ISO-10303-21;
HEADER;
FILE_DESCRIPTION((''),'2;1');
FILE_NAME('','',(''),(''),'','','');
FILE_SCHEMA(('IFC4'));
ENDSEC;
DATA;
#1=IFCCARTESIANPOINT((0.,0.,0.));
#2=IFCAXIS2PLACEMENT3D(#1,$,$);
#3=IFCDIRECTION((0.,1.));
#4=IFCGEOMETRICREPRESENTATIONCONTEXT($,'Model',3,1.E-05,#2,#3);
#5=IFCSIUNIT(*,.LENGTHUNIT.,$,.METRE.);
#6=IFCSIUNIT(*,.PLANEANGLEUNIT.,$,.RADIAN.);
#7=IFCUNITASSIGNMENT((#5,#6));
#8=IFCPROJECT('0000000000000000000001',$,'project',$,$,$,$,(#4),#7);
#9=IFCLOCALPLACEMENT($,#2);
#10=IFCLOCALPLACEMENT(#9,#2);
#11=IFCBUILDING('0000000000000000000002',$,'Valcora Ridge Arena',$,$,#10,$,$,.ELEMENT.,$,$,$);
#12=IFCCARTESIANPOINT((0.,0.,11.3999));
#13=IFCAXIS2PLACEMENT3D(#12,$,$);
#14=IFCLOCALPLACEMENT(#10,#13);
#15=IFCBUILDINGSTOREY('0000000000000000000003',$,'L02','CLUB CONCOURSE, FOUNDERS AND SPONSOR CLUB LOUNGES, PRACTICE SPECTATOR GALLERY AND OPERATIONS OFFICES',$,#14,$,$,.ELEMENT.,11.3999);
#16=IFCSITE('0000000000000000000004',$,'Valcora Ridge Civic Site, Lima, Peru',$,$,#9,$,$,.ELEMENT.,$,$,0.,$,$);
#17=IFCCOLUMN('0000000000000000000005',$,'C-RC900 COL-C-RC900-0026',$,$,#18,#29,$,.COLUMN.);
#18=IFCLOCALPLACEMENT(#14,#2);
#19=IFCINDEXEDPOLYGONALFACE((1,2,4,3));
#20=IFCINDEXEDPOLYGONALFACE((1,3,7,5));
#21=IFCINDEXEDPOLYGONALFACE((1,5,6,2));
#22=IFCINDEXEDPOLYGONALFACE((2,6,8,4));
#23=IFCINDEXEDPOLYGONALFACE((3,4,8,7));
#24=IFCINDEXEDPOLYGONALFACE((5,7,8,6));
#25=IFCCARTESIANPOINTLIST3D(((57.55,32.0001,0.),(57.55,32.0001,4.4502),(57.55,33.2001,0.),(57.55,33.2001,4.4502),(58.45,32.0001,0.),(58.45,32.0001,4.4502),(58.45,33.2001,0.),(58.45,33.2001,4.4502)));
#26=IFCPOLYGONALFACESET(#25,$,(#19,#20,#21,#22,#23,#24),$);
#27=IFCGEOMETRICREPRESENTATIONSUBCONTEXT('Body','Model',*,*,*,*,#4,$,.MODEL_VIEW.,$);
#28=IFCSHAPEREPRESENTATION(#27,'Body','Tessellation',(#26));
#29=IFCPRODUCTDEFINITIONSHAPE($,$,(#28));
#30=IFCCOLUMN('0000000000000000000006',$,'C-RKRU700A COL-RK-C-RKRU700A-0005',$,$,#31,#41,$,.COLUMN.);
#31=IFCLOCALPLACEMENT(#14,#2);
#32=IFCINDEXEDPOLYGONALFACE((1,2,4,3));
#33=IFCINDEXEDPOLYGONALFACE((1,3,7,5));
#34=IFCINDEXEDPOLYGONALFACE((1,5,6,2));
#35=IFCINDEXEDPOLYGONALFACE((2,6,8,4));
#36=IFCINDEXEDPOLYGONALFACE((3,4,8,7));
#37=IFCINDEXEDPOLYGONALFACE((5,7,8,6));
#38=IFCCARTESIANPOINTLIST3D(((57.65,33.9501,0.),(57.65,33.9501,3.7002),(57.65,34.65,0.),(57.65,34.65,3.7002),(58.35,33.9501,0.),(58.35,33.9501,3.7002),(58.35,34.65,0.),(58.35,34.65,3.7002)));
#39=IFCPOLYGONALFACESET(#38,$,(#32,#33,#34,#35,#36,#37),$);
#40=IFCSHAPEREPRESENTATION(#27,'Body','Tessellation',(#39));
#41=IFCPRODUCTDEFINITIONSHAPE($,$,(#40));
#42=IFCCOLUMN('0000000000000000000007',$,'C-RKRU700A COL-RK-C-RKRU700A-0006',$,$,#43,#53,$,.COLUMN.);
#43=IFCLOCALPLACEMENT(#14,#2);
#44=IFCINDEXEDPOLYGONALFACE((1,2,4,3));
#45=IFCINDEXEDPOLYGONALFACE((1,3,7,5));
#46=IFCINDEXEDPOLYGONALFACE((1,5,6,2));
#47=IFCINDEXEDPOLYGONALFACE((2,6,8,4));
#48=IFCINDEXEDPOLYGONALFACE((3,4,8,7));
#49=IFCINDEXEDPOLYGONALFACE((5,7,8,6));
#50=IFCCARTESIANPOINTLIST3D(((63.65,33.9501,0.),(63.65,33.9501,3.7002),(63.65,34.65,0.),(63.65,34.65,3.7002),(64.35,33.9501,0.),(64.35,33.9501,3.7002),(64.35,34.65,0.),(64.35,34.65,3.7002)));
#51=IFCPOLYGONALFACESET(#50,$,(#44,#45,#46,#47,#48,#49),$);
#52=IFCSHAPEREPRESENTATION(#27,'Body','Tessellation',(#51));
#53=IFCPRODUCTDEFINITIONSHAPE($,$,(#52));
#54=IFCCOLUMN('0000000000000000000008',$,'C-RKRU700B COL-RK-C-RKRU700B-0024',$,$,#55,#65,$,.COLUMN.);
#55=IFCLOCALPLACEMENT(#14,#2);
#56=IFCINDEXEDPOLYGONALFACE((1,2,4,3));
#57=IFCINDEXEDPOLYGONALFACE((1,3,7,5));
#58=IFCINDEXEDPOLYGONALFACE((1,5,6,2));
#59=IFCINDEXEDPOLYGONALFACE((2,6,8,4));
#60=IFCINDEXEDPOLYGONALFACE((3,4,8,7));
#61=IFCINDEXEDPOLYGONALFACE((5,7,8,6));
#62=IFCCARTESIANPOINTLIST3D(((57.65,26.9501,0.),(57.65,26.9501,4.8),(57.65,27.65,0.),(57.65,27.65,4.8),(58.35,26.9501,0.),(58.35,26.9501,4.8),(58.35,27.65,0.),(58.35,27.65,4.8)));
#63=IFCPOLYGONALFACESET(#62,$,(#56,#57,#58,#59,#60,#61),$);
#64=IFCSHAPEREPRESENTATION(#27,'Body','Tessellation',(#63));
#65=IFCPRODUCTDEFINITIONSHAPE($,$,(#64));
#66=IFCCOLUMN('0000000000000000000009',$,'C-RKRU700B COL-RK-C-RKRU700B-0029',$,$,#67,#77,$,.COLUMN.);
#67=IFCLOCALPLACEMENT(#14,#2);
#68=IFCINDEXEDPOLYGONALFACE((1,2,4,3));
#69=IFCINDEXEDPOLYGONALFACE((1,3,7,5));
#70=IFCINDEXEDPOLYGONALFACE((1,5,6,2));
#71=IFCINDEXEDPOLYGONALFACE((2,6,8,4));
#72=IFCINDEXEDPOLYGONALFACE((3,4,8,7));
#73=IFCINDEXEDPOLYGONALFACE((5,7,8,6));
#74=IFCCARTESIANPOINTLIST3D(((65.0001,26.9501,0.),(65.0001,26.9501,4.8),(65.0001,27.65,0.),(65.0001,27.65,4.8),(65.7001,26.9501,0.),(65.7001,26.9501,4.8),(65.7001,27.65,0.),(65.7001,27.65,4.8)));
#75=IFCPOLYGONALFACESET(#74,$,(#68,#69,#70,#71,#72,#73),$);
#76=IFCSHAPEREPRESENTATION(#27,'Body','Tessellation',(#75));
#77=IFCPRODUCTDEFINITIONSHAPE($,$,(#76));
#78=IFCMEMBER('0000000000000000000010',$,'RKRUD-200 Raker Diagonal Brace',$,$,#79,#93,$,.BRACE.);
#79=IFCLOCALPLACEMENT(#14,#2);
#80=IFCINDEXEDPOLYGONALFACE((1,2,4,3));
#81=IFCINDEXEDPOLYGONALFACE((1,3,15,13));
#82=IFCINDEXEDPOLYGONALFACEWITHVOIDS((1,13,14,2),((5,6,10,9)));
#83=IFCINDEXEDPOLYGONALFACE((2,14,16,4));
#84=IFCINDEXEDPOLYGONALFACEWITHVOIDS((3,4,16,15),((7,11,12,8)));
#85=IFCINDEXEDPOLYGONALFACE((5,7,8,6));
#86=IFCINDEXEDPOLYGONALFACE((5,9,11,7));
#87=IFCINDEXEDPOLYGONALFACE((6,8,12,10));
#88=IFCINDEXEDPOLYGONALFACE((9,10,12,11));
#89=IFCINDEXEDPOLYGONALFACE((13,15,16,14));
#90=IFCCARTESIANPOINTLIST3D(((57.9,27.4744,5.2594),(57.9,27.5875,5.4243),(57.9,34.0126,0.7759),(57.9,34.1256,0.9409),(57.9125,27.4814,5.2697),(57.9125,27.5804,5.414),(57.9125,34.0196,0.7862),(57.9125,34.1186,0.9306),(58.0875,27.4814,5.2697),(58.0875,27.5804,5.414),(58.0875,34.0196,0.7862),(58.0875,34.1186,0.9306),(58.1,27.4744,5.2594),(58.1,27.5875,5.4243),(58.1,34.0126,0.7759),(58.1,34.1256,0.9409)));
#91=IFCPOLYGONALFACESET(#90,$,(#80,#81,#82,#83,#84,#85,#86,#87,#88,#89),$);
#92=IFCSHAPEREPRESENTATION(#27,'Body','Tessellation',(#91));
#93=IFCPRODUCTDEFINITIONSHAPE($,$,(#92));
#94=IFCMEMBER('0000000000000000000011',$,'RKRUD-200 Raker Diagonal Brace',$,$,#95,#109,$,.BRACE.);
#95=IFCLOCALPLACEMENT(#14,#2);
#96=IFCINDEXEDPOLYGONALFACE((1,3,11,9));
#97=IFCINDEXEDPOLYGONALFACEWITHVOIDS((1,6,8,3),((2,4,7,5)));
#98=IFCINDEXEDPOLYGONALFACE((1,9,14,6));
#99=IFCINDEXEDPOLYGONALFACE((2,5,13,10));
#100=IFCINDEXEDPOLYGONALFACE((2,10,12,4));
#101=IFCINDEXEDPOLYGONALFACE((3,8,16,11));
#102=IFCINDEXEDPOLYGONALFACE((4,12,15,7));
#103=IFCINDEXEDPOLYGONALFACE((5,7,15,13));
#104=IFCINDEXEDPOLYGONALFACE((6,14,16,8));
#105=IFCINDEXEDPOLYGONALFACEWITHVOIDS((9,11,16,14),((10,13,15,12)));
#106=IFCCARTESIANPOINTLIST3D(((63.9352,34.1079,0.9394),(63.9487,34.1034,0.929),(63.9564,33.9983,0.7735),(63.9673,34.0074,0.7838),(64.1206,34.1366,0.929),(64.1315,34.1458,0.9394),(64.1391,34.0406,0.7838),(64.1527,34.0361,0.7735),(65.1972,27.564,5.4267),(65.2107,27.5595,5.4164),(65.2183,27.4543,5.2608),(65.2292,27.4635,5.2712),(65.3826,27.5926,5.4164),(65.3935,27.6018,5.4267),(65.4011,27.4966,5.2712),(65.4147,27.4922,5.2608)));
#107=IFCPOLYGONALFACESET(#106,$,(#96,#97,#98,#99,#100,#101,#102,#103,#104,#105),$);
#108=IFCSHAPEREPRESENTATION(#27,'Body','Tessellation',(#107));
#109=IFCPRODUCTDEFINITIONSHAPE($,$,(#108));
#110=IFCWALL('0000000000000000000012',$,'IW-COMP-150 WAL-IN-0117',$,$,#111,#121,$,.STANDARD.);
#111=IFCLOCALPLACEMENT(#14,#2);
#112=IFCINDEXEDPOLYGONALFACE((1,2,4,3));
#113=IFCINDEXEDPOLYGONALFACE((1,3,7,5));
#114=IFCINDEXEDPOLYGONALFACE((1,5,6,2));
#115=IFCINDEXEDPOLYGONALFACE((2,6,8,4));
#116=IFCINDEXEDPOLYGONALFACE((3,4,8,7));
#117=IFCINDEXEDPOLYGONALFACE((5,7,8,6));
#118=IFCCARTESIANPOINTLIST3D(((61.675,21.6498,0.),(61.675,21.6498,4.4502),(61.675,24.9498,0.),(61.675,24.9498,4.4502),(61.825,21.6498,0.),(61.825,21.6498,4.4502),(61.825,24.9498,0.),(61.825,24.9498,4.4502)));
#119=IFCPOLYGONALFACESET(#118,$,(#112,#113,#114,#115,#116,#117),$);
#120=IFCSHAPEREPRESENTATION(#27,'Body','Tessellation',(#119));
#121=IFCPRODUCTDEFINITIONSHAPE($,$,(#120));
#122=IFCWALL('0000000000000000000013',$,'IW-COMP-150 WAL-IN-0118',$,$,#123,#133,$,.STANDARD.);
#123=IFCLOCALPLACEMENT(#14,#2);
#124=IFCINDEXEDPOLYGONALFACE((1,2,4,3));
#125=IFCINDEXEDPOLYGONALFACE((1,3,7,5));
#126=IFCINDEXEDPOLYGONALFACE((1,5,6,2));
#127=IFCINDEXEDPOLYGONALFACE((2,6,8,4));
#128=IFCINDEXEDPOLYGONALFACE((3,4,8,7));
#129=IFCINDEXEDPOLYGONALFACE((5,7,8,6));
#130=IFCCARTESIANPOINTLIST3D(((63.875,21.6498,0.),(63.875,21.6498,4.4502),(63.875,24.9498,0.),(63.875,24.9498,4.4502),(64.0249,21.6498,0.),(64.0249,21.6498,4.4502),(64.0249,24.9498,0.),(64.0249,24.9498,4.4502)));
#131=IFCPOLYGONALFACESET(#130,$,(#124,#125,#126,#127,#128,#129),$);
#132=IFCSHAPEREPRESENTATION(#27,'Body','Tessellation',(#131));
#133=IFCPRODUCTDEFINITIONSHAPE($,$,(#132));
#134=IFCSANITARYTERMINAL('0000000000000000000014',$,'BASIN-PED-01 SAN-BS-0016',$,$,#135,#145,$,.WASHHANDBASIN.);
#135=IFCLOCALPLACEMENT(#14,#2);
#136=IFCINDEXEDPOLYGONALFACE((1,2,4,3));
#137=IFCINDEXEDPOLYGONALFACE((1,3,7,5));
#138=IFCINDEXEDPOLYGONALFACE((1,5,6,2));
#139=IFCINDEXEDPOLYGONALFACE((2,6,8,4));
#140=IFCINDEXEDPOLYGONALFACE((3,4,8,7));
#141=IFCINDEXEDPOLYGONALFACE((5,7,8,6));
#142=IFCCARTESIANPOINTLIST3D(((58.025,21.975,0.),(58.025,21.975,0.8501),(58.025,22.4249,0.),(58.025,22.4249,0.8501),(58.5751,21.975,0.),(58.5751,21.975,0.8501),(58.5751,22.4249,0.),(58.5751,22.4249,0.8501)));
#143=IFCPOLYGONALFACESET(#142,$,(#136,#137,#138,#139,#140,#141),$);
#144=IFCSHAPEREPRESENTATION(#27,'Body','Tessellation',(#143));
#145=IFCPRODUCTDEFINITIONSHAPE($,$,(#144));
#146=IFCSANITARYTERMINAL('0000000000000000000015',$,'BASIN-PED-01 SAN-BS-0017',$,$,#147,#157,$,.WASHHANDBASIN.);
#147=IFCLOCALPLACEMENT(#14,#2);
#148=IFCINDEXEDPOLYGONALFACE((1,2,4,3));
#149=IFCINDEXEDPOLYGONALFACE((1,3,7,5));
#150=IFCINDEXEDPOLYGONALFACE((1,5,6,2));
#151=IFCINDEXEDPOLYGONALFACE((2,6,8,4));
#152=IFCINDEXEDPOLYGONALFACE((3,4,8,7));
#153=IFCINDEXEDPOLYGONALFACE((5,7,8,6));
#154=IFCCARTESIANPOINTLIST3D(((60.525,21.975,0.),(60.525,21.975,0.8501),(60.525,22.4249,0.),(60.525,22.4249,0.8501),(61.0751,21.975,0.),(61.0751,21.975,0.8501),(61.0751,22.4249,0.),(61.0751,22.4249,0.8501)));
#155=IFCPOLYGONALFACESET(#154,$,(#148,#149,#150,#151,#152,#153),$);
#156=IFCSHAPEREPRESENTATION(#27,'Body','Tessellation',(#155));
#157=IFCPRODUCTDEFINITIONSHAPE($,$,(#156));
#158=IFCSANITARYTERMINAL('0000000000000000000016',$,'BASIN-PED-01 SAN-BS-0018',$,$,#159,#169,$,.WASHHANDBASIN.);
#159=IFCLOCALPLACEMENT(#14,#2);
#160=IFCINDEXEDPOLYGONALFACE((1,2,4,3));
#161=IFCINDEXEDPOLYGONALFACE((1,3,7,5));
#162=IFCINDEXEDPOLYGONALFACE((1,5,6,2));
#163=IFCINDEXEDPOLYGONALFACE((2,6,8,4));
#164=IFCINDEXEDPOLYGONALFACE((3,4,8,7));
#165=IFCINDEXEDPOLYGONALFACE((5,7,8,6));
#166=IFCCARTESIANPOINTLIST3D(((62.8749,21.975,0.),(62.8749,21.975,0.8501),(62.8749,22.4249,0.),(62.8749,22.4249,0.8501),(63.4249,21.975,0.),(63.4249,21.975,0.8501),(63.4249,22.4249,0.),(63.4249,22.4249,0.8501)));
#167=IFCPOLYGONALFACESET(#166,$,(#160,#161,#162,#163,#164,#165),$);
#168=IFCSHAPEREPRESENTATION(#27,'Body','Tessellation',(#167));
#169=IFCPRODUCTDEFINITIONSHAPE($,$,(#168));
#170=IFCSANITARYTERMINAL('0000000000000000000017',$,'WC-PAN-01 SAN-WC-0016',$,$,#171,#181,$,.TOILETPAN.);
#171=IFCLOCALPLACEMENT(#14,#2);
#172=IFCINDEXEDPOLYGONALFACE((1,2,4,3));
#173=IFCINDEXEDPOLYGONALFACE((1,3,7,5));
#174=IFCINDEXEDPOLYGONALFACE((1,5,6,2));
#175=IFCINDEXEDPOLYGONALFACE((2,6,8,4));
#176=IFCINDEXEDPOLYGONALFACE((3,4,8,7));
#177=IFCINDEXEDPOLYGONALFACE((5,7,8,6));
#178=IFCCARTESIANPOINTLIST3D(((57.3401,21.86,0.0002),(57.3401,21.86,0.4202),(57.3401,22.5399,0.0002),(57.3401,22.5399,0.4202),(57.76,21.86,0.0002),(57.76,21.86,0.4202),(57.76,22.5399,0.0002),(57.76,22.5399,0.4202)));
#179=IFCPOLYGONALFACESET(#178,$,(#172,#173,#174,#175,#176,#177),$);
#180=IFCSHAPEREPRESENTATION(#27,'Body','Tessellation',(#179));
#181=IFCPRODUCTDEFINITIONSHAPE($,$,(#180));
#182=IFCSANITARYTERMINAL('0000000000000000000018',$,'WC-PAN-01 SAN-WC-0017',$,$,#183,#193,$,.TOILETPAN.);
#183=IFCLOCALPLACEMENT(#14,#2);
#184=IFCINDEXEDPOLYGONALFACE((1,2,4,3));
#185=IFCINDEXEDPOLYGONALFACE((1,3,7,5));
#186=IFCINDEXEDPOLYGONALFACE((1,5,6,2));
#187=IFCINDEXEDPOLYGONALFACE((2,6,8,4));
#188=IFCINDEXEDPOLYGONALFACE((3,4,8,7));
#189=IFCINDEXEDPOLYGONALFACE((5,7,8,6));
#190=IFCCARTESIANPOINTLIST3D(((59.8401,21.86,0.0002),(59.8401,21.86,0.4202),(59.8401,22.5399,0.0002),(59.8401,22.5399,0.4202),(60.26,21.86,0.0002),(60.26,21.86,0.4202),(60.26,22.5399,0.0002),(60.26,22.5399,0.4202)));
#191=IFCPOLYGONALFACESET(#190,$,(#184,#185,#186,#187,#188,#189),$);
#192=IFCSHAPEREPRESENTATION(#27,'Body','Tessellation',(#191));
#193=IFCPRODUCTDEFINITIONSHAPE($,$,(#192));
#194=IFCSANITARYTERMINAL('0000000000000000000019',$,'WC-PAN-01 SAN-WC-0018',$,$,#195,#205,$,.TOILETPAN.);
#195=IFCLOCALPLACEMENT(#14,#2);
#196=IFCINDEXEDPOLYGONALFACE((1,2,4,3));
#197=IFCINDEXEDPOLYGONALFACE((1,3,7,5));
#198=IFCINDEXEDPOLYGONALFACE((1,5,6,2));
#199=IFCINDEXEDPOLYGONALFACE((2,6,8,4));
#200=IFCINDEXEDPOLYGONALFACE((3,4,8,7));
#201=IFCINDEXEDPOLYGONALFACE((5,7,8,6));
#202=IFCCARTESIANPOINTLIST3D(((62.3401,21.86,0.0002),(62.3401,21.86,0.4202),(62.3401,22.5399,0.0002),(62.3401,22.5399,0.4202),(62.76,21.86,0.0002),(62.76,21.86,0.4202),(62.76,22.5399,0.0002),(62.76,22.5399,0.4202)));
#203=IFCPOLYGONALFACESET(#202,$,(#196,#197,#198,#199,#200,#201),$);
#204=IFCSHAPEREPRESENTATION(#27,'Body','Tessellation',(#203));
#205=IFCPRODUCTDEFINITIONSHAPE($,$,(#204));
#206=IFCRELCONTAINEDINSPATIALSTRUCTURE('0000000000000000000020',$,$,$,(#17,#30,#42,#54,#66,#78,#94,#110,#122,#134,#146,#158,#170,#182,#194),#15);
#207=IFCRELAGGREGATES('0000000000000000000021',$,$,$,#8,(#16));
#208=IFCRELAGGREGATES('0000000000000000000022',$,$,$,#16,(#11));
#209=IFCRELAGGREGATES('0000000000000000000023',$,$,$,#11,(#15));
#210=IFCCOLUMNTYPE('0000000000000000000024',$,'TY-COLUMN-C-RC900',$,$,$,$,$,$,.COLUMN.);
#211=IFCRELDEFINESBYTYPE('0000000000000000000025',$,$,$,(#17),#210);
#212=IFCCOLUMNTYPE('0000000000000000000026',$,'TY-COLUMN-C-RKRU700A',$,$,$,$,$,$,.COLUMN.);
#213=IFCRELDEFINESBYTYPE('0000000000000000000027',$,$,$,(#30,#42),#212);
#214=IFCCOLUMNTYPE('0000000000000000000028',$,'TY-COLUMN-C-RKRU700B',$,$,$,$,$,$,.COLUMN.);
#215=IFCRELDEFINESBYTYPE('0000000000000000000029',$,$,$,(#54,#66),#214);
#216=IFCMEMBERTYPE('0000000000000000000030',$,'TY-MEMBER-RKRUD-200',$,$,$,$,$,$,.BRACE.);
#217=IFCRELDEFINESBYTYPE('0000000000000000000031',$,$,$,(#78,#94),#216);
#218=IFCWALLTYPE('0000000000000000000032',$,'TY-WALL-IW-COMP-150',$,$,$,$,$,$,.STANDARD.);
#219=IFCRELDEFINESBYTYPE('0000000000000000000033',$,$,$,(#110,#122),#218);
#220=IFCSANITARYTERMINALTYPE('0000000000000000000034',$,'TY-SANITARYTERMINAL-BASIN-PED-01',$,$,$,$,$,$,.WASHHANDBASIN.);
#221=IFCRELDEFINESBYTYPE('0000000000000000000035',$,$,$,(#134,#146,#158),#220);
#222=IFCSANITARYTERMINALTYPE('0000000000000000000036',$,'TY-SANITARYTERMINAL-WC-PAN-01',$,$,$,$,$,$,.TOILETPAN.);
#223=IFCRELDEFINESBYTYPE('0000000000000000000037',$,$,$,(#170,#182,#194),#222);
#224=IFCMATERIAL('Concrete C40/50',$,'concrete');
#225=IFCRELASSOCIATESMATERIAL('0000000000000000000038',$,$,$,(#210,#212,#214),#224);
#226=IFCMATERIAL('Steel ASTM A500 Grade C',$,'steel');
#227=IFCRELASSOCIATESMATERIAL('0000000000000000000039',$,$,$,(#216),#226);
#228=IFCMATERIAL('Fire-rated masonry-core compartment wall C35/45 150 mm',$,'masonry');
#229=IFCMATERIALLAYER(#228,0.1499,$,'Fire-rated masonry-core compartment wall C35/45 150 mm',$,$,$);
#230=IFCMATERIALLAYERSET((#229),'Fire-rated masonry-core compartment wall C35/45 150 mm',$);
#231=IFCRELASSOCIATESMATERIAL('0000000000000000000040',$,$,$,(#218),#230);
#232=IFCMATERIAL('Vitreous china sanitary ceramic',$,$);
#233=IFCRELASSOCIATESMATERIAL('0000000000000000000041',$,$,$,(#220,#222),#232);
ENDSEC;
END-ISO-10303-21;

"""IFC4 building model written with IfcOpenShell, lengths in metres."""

from ifc_helpers import new_model, si_unit, direction, frame, frame_2d, origin, origin_2d, place, context, subcontext, project, spatial, rectangle, hollow_rectangle, extrude, material, layer, layer_set, material_profile, profile_set, type_object, element, save


model = new_model("IFC4")

# Units and contexts
model_context = context("Model", 3, precision=1e-05, world=origin(), true_north=direction((0.0, 1.0)))
body_context = subcontext(model_context, "Body", "Model", "MODEL_VIEW")
ifc_project = project(units=[si_unit("LENGTHUNIT", "METRE"), si_unit("PLANEANGLEUNIT", "RADIAN")], contexts=[model_context])

# Site, building, storey
site_placement = place(None, origin())
site = spatial("IfcSite", under=ifc_project, at=site_placement, Name="Valcora Ridge Civic Site, Lima, Peru", CompositionType="ELEMENT", RefElevation=0.0)
building_placement = place(site_placement, origin())
building = spatial("IfcBuilding", under=site, at=building_placement, Name="Valcora Ridge Arena", CompositionType="ELEMENT")
storey_placement = place(building_placement, frame((0.0, 0.0, 11.3999)))
storey = spatial("IfcBuildingStorey", under=building, at=storey_placement, Name="L02", Description="CLUB CONCOURSE, FOUNDERS AND SPONSOR CLUB LOUNGES, PRACTICE SPECTATOR GALLERY AND OPERATIONS OFFICES", CompositionType="ELEMENT", Elevation=11.3999)

# Columns
ifc_material_1 = material(Name="Concrete C40/50", Category="concrete")
ifc_material_profile_1 = material_profile(ifc_material_1, rectangle(XDim=0.8999, YDim=1.2, at=origin_2d()), Name="RC 900x1200")
ifc_profile_set_1 = profile_set([ifc_material_profile_1], Name="Concrete C40/50")
column_type_1 = type_object("IfcColumnType", Name="TY-COLUMN-C-RC900", PredefinedType="COLUMN", material=ifc_profile_set_1)
column_placement = place(storey_placement, frame((58.0, 32.6001, 0.0), z_axis=(0.0, 0.0, 1.0), x_axis=(1.0, 0.0, 0.0)))
element("IfcColumn", 1, at=column_placement, inside=storey, type_object=column_type_1, Name="C-RC900 COL-C-RC900-0026", PredefinedType="COLUMN", context=body_context, shape_type="SweptSolid", body=[
    extrude(rectangle(XDim=0.8999, YDim=1.2, at=origin_2d()), origin(), (0.0, 0.0, 1.0), 4.4502),
])
ifc_material_profile_2 = material_profile(ifc_material_1, rectangle(XDim=0.7, YDim=0.7, at=origin_2d()), Name="RC 700x700")
ifc_profile_set_2 = profile_set([ifc_material_profile_2], Name="Concrete C40/50")
column_type_2 = type_object("IfcColumnType", Name="TY-COLUMN-C-RKRU700A", PredefinedType="COLUMN", material=ifc_profile_set_2)
for number, where, z_axis, x_axis, name in (
    (2, (58.0, 34.3, 0.0), (0.0, 0.0, 1.0), (1.0, 0.0, 0.0), "C-RKRU700A COL-RK-C-RKRU700A-0005"),
    (3, (64.0, 34.3, 0.0), (0.0, 0.0, 1.0), (1.0, 0.0, 0.0), "C-RKRU700A COL-RK-C-RKRU700A-0006"),
):
    element("IfcColumn", number, at=place(storey_placement, frame(where, z_axis=z_axis, x_axis=x_axis)), inside=storey, type_object=column_type_2, Name=name, PredefinedType="COLUMN", context=body_context, shape_type="SweptSolid", body=[
        extrude(rectangle(XDim=0.7, YDim=0.7, at=origin_2d()), origin(), (0.0, 0.0, 1.0), 3.7002),
    ])
ifc_material_profile_3 = material_profile(ifc_material_1, rectangle(XDim=0.7, YDim=0.7, at=origin_2d()), Name="RC 700x700")
ifc_profile_set_3 = profile_set([ifc_material_profile_3], Name="Concrete C40/50")
column_type_3 = type_object("IfcColumnType", Name="TY-COLUMN-C-RKRU700B", PredefinedType="COLUMN", material=ifc_profile_set_3)
for number, where, z_axis, x_axis, name in (
    (4, (58.0, 27.3, 0.0), (0.0, 0.0, 1.0), (1.0, 0.0, 0.0), "C-RKRU700B COL-RK-C-RKRU700B-0024"),
    (5, (65.3501, 27.3, 0.0), (0.0, 0.0, 1.0), (1.0, 0.0, 0.0), "C-RKRU700B COL-RK-C-RKRU700B-0029"),
):
    element("IfcColumn", number, at=place(storey_placement, frame(where, z_axis=z_axis, x_axis=x_axis)), inside=storey, type_object=column_type_3, Name=name, PredefinedType="COLUMN", context=body_context, shape_type="SweptSolid", body=[
        extrude(rectangle(XDim=0.7, YDim=0.7, at=origin_2d()), origin(), (0.0, 0.0, 1.0), 4.8),
    ])

# Members
ifc_material_2 = material(Name="Steel ASTM A500 Grade C", Category="steel")
ifc_material_profile_4 = material_profile(ifc_material_2, hollow_rectangle(XDim=0.2, YDim=0.2, WallThickness=0.0125, at=origin_2d()), Name="HSS200X200X12")
ifc_profile_set_4 = profile_set([ifc_material_profile_4], Name="Steel ASTM A500 Grade C")
member_type = type_object("IfcMemberType", Name="TY-MEMBER-RKRUD-200", PredefinedType="BRACE", material=ifc_profile_set_4)
member_1_placement = place(storey_placement, frame((58.0, 34.0691, 0.8584), z_axis=(0.0, -0.824721, 0.56554), x_axis=(1.0, 0.0, 0.0)))
element("IfcMember", 6, at=member_1_placement, inside=storey, type_object=member_type, Name="RKRUD-200 Raker Diagonal Brace", PredefinedType="BRACE", context=body_context, shape_type="SweptSolid", body=[
    extrude(hollow_rectangle(XDim=0.2, YDim=0.2, WallThickness=0.0125, at=origin_2d()), origin(), (0.0, 0.0, 1.0), 7.9277),
])
member_2_placement = place(storey_placement, frame((64.0439, 34.072, 0.8564), z_axis=(0.15707, -0.81449, 0.558511), x_axis=(0.981909, 0.189356, 0.0)))
element("IfcMember", 7, at=member_2_placement, inside=storey, type_object=member_type, Name="RKRUD-200 Raker Diagonal Brace", PredefinedType="BRACE", context=body_context, shape_type="SweptSolid", body=[
    extrude(hollow_rectangle(XDim=0.2, YDim=0.2, WallThickness=0.0125, at=origin_2d()), origin(), (0.0, 0.0, 1.0), 8.0344),
])

# Shared definitions
ifc_material_3 = material(Name="Fire-rated masonry-core compartment wall C35/45 150 mm", Category="masonry")
ifc_layer_1 = layer(ifc_material_3, 0.1499, Name="Fire-rated masonry-core compartment wall C35/45 150 mm")
ifc_layer_set_1 = layer_set([ifc_layer_1], Name="Fire-rated masonry-core compartment wall C35/45 150 mm")
wall_type_1 = type_object("IfcWallType", Name="TY-WALL-IW-COMP-150", PredefinedType="STANDARD", material=ifc_layer_set_1)

# Walls
for number, where, z_axis, x_axis, name in (
    (8, (61.75, 21.6499, 0.0), (0.0, 0.0, 1.0), (0.0, 1.0, 0.0), "IW-COMP-150 WAL-IN-0117"),
    (9, (63.95, 21.6499, 0.0), (0.0, 0.0, 1.0), (0.0, 1.0, 0.0), "IW-COMP-150 WAL-IN-0118"),
):
    element("IfcWall", number, at=place(storey_placement, frame(where, z_axis=z_axis, x_axis=x_axis)), inside=storey, type_object=wall_type_1, Name=name, PredefinedType="STANDARD", context=body_context, shape_type="SweptSolid", body=[
        extrude(rectangle(XDim=3.3, YDim=0.1499, at=frame_2d((1.6499, 0.0))), origin(), (0.0, 0.0, 1.0), 4.4502),
    ])

# Sanitary terminals
ifc_material_4 = material(Name="Vitreous china sanitary ceramic")
sanitary_terminal_type_1 = type_object("IfcSanitaryTerminalType", Name="TY-SANITARYTERMINAL-BASIN-PED-01", PredefinedType="WASHHANDBASIN", material=ifc_material_4)
for number, where, z_axis, x_axis, name in (
    (10, (58.3, 22.2, 0.0), (0.0, 0.0, 1.0), (1.0, 0.0, 0.0), "BASIN-PED-01 SAN-BS-0016"),
    (11, (60.8, 22.2, 0.0), (0.0, 0.0, 1.0), (1.0, 0.0, 0.0), "BASIN-PED-01 SAN-BS-0017"),
    (12, (63.1499, 22.2, 0.0), (0.0, 0.0, 1.0), (1.0, 0.0, 0.0), "BASIN-PED-01 SAN-BS-0018"),
):
    element("IfcSanitaryTerminal", number, at=place(storey_placement, frame(where, z_axis=z_axis, x_axis=x_axis)), inside=storey, type_object=sanitary_terminal_type_1, Name=name, PredefinedType="WASHHANDBASIN", context=body_context, shape_type="SweptSolid", body=[
        extrude(rectangle(XDim=0.55, YDim=0.45, at=origin_2d()), origin(), (0.0, 0.0, 1.0), 0.8501),
    ])
sanitary_terminal_type_2 = type_object("IfcSanitaryTerminalType", Name="TY-SANITARYTERMINAL-WC-PAN-01", PredefinedType="TOILETPAN", material=ifc_material_4)
for number, where, z_axis, x_axis, name in (
    (13, (57.55, 22.2, 0.0002), (0.0, 0.0, 1.0), (1.0, 0.0, 0.0), "WC-PAN-01 SAN-WC-0016"),
    (14, (60.05, 22.2, 0.0002), (0.0, 0.0, 1.0), (1.0, 0.0, 0.0), "WC-PAN-01 SAN-WC-0017"),
    (15, (62.55, 22.2, 0.0002), (0.0, 0.0, 1.0), (1.0, 0.0, 0.0), "WC-PAN-01 SAN-WC-0018"),
):
    element("IfcSanitaryTerminal", number, at=place(storey_placement, frame(where, z_axis=z_axis, x_axis=x_axis)), inside=storey, type_object=sanitary_terminal_type_2, Name=name, PredefinedType="TOILETPAN", context=body_context, shape_type="SweptSolid", body=[
        extrude(rectangle(XDim=0.4199, YDim=0.6799, at=origin_2d()), origin(), (0.0, 0.0, 1.0), 0.4199),
    ])

save(model, "model.ifc")
